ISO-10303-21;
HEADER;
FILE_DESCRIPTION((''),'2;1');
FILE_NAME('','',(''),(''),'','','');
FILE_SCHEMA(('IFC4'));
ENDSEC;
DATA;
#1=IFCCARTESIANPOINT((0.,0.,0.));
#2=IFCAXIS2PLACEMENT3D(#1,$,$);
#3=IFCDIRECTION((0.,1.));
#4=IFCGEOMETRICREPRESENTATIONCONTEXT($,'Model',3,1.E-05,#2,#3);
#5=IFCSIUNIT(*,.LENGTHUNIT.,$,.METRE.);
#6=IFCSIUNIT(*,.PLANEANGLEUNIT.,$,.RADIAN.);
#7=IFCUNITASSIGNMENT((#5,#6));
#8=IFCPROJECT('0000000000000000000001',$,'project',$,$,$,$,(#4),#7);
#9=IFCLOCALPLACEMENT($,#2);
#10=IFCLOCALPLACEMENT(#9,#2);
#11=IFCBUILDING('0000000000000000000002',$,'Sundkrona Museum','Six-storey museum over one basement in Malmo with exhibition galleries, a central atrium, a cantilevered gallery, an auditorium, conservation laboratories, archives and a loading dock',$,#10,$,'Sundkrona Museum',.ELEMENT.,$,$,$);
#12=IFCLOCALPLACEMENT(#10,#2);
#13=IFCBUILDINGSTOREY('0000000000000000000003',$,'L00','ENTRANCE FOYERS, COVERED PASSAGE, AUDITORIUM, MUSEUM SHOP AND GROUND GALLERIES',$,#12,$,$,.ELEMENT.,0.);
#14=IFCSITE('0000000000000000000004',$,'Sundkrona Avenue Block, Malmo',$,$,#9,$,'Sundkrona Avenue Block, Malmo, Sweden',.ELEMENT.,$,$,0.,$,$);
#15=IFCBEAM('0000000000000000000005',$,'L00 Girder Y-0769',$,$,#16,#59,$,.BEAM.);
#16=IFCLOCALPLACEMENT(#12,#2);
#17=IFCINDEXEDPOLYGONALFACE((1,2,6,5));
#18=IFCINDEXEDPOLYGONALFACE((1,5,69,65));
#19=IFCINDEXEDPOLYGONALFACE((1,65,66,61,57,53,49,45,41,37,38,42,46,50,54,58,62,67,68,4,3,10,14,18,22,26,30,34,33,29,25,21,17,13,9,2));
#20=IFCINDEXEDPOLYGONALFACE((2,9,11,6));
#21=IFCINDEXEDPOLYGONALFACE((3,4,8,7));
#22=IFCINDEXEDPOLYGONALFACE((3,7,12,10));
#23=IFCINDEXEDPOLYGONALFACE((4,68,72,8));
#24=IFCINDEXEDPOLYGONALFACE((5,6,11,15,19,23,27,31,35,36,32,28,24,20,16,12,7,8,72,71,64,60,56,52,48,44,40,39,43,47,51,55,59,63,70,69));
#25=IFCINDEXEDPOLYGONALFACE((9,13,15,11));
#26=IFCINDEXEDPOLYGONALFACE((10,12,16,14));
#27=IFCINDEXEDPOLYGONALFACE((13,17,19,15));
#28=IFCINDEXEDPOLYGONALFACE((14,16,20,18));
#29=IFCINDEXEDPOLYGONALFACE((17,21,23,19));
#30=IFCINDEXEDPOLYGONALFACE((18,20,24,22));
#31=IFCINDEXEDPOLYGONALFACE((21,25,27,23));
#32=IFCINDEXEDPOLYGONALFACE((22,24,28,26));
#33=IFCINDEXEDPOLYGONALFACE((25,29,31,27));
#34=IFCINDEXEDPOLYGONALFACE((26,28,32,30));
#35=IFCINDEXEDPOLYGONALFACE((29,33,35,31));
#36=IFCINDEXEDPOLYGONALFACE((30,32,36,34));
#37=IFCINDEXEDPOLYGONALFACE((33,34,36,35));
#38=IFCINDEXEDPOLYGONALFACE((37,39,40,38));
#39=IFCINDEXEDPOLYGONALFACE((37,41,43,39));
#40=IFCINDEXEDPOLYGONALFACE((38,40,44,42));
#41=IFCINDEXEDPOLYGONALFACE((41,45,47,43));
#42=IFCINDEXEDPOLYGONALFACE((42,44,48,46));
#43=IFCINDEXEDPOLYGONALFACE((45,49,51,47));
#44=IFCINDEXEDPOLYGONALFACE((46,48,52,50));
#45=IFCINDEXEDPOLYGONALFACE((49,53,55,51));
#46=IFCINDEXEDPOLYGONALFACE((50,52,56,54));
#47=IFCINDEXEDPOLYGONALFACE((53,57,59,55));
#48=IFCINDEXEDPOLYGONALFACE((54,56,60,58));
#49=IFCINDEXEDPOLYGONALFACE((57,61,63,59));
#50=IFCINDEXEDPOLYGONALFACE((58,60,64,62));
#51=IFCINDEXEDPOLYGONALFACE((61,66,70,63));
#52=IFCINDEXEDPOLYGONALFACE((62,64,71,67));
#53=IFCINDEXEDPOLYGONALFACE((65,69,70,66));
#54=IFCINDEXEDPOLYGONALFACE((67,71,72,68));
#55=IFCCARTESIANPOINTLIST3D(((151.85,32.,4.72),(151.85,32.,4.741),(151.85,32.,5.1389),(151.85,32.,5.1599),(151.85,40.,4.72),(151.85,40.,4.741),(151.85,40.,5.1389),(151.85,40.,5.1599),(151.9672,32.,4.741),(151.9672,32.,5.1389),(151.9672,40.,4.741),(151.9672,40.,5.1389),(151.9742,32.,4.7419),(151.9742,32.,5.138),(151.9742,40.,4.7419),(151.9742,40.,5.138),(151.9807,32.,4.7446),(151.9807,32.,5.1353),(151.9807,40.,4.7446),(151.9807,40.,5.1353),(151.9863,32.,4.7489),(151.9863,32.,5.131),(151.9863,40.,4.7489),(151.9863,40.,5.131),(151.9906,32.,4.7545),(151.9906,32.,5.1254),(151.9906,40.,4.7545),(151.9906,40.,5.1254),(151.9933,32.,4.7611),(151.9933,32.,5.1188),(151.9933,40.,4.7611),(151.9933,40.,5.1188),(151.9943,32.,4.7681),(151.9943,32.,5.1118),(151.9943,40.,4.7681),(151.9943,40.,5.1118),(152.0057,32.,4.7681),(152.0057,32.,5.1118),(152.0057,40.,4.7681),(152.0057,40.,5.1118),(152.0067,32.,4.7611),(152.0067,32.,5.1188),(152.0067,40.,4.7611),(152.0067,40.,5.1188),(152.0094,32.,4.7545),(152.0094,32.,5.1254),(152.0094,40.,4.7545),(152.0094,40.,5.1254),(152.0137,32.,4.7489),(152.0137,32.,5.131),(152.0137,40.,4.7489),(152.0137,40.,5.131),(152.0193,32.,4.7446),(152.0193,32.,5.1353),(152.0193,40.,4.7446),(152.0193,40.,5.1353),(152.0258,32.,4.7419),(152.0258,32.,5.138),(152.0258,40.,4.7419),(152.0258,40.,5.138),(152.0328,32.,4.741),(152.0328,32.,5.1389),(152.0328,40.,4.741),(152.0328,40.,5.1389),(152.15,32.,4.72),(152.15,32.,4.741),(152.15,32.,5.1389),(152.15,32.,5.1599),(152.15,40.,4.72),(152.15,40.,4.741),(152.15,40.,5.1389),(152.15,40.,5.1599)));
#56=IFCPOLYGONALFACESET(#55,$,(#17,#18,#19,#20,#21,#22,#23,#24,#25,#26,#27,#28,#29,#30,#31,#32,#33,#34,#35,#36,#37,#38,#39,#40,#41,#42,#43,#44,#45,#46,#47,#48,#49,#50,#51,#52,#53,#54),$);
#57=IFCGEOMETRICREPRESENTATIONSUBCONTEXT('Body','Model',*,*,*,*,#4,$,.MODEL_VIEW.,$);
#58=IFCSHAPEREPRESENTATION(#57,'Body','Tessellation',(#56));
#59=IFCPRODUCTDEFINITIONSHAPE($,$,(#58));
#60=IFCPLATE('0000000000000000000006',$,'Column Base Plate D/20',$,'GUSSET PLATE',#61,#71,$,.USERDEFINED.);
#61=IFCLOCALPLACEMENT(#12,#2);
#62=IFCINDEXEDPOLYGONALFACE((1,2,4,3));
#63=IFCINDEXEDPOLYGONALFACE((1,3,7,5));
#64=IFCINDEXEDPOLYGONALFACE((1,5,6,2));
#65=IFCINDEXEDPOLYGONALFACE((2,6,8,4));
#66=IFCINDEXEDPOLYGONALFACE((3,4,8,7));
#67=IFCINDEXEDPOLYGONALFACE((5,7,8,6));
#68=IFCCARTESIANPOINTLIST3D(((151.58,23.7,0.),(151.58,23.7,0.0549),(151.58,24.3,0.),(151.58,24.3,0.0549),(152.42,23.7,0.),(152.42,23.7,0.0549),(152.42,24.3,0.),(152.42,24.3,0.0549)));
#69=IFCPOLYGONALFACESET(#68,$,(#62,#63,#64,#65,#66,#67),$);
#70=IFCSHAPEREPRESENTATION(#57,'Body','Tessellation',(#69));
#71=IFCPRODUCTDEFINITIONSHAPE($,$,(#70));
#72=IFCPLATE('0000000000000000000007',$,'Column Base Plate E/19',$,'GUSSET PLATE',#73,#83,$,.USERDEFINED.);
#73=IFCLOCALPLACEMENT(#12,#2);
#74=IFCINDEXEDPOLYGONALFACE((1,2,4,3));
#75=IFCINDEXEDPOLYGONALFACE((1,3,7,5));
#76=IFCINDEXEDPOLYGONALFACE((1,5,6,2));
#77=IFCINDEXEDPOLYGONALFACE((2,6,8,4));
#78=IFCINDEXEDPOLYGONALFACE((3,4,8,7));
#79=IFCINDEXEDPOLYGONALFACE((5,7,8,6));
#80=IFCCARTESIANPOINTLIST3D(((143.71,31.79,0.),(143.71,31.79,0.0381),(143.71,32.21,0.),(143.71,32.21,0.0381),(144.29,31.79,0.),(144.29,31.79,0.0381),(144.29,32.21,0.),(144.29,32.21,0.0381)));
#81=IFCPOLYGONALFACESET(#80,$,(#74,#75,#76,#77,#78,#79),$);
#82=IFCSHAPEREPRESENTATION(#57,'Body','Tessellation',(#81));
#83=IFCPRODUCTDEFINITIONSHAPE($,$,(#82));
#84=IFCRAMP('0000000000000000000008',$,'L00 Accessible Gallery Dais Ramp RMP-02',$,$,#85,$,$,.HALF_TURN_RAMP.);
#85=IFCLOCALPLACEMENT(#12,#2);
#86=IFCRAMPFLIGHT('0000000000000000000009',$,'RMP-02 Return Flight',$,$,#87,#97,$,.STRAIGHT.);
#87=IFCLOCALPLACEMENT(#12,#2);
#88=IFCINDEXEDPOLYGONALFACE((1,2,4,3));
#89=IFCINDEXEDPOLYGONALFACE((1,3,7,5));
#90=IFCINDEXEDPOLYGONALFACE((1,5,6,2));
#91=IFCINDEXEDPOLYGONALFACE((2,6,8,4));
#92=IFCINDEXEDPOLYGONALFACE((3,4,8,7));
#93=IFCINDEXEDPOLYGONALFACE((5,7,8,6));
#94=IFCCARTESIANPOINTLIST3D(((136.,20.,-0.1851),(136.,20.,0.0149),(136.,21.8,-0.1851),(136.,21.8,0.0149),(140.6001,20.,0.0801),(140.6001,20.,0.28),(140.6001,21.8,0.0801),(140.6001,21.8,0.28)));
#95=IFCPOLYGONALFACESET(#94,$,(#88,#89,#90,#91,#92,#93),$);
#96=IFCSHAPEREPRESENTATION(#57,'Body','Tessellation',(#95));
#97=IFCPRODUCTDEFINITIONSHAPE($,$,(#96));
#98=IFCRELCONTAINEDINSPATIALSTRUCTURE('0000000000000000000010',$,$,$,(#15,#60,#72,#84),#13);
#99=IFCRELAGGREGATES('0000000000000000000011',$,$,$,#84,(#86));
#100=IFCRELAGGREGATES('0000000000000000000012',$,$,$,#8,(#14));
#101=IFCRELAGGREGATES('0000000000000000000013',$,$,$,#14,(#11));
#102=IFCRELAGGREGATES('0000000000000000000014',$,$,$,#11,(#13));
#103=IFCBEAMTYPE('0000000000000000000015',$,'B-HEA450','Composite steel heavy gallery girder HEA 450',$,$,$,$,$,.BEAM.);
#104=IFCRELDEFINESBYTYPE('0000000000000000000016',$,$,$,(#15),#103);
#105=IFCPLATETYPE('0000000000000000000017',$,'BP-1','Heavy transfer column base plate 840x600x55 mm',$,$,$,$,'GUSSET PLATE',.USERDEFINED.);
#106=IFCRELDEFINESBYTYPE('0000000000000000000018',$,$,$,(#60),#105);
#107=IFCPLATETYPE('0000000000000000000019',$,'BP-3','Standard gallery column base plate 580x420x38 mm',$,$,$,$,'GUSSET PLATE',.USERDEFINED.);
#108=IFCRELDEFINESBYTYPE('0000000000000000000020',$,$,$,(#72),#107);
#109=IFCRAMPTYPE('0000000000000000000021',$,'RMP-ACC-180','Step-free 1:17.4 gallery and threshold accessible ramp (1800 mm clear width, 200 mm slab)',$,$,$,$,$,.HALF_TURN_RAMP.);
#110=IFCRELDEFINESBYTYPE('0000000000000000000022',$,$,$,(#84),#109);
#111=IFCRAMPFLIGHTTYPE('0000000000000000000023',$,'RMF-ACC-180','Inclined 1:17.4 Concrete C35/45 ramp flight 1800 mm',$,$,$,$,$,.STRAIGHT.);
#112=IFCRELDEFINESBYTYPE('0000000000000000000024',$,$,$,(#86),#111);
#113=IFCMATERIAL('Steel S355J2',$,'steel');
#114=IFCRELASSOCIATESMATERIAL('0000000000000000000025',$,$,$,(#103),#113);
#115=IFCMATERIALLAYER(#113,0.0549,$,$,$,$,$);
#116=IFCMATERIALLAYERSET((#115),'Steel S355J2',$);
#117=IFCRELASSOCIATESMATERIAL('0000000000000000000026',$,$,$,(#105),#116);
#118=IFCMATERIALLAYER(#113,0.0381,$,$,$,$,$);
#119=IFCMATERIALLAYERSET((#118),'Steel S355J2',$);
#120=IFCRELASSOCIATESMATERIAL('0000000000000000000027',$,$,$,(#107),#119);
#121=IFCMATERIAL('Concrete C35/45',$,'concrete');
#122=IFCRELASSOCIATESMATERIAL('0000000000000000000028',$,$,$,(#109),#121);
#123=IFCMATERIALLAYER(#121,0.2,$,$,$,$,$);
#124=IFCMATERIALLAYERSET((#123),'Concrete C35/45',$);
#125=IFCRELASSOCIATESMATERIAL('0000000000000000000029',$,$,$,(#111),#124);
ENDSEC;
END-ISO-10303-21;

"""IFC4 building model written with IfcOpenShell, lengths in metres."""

from ifc_helpers import new_model, si_unit, direction, frame, origin, origin_2d, place, context, subcontext, project, spatial, polyline, rectangle, i_section, outline, extrude, material, layer, layer_set, material_profile, profile_set, type_object, element, aggregate, save


model = new_model("IFC4")

# Units and contexts
model_context = context("Model", 3, precision=1e-05, world=origin(), true_north=direction((0.0, 1.0)))
body_context = subcontext(model_context, "Body", "Model", "MODEL_VIEW")
ifc_project = project(units=[si_unit("LENGTHUNIT", "METRE"), si_unit("PLANEANGLEUNIT", "RADIAN")], contexts=[model_context])

# Site, building, storey
site_placement = place(None, origin())
site = spatial("IfcSite", under=ifc_project, at=site_placement, Name="Sundkrona Avenue Block, Malmo", LongName="Sundkrona Avenue Block, Malmo, Sweden", CompositionType="ELEMENT", RefElevation=0.0)
building_placement = place(site_placement, origin())
building = spatial("IfcBuilding", under=site, at=building_placement, Name="Sundkrona Museum", Description="Six-storey museum over one basement in Malmo with exhibition galleries, a central atrium, a cantilevered gallery, an auditorium, conservation laboratories, archives and a loading dock", LongName="Sundkrona Museum", CompositionType="ELEMENT")
storey_placement = place(building_placement, origin())
storey = spatial("IfcBuildingStorey", under=building, at=storey_placement, Name="L00", Description="ENTRANCE FOYERS, COVERED PASSAGE, AUDITORIUM, MUSEUM SHOP AND GROUND GALLERIES", CompositionType="ELEMENT", Elevation=0.0)

# Shared definitions
ifc_material_1 = material(Name="Steel S355J2", Category="steel")

# Beam
ifc_material_profile_1 = material_profile(ifc_material_1, i_section(OverallWidth=0.3, OverallDepth=0.4399, WebThickness=0.0115, FlangeThickness=0.021, FilletRadius=0.0271, at=origin_2d()), Name="HEA 450")
ifc_profile_set_1 = profile_set([ifc_material_profile_1], Name="Steel S355J2")
beam_type = type_object("IfcBeamType", Name="B-HEA450", Description="Composite steel heavy gallery girder HEA 450", PredefinedType="BEAM", material=ifc_profile_set_1)
for number, where, z_axis, x_axis, name in (
    (1, (152.0, 32.0, 4.9399), (0.0, 1.0, 0.0), (-1.0, 0.0, 0.0), "L00 Girder Y-0769"),
):
    element("IfcBeam", number, at=place(storey_placement, frame(where, z_axis=z_axis, x_axis=x_axis)), inside=storey, type_object=beam_type, Name=name, PredefinedType="BEAM", context=body_context, shape_type="SweptSolid", body=[
        extrude(i_section(OverallWidth=0.3, OverallDepth=0.4399, WebThickness=0.0115, FlangeThickness=0.021, FilletRadius=0.0271, at=origin_2d()), origin(), (0.0, 0.0, 1.0), 8.0),
    ])

# Plates
ifc_layer_1 = layer(ifc_material_1, 0.0549)
ifc_layer_set_1 = layer_set([ifc_layer_1], Name="Steel S355J2")
plate_type_1 = type_object("IfcPlateType", Name="BP-1", Description="Heavy transfer column base plate 840x600x55 mm", ElementType="GUSSET PLATE", PredefinedType="USERDEFINED", material=ifc_layer_set_1)
plate_1_placement = place(storey_placement, frame((152.0, 24.0, 0.0), z_axis=(0.0, 0.0, 1.0), x_axis=(1.0, 0.0, 0.0)))
element("IfcPlate", 2, at=plate_1_placement, inside=storey, type_object=plate_type_1, Name="Column Base Plate D/20", ObjectType="GUSSET PLATE", PredefinedType="USERDEFINED", context=body_context, shape_type="SweptSolid", body=[
    extrude(rectangle(XDim=0.8401, YDim=0.6001, at=origin_2d()), origin(), (0.0, 0.0, 1.0), 0.0549),
])
ifc_layer_2 = layer(ifc_material_1, 0.0381)
ifc_layer_set_2 = layer_set([ifc_layer_2], Name="Steel S355J2")
plate_type_2 = type_object("IfcPlateType", Name="BP-3", Description="Standard gallery column base plate 580x420x38 mm", ElementType="GUSSET PLATE", PredefinedType="USERDEFINED", material=ifc_layer_set_2)
plate_2_placement = place(storey_placement, frame((144.0, 32.0, 0.0), z_axis=(0.0, 0.0, 1.0), x_axis=(1.0, 0.0, 0.0)))
element("IfcPlate", 3, at=plate_2_placement, inside=storey, type_object=plate_type_2, Name="Column Base Plate E/19", ObjectType="GUSSET PLATE", PredefinedType="USERDEFINED", context=body_context, shape_type="SweptSolid", body=[
    extrude(rectangle(XDim=0.5801, YDim=0.4199, at=origin_2d()), origin(), (0.0, 0.0, 1.0), 0.0381),
])

# Ramp, ramp flight
ifc_material_2 = material(Name="Concrete C35/45", Category="concrete")
ramp_type = type_object("IfcRampType", Name="RMP-ACC-180", Description="Step-free 1:17.4 gallery and threshold accessible ramp (1800 mm clear width, 200 mm slab)", PredefinedType="HALF_TURN_RAMP", material=ifc_material_2)
ramp_placement = place(storey_placement, origin())
ramp = element("IfcRamp", 4, at=ramp_placement, inside=storey, type_object=ramp_type, Name="L00 Accessible Gallery Dais Ramp RMP-02", PredefinedType="HALF_TURN_RAMP")
ifc_layer_3 = layer(ifc_material_2, 0.2)
ifc_layer_set_3 = layer_set([ifc_layer_3], Name="Concrete C35/45")
ramp_flight_type = type_object("IfcRampFlightType", Name="RMF-ACC-180", Description="Inclined 1:17.4 Concrete C35/45 ramp flight 1800 mm", PredefinedType="STRAIGHT", material=ifc_layer_set_3)
ramp_flight_placement = place(storey_placement, frame((140.6001, 20.8999, 0.28), z_axis=(0.0, 0.0, 1.0), x_axis=(-1.0, 0.0, 0.0)))
ramp_flight = element("IfcRampFlight", 5, at=ramp_flight_placement, type_object=ramp_flight_type, Name="RMP-02 Return Flight", PredefinedType="STRAIGHT", context=body_context, shape_type="SweptSolid", body=[
    extrude(outline(polyline([(0.0, -0.2), (4.6001, -0.4651), (4.6001, -0.2651), (0.0, 0.0), (0.0, -0.2)])), frame((0.0, 0.8999, 0.0), z_axis=(0.0, -1.0, 0.0), x_axis=(1.0, 0.0, 0.0)), (0.0, 0.0, 1.0), 1.8),
])
aggregate(ramp, [ramp_flight])

save(model, "model.ifc")
